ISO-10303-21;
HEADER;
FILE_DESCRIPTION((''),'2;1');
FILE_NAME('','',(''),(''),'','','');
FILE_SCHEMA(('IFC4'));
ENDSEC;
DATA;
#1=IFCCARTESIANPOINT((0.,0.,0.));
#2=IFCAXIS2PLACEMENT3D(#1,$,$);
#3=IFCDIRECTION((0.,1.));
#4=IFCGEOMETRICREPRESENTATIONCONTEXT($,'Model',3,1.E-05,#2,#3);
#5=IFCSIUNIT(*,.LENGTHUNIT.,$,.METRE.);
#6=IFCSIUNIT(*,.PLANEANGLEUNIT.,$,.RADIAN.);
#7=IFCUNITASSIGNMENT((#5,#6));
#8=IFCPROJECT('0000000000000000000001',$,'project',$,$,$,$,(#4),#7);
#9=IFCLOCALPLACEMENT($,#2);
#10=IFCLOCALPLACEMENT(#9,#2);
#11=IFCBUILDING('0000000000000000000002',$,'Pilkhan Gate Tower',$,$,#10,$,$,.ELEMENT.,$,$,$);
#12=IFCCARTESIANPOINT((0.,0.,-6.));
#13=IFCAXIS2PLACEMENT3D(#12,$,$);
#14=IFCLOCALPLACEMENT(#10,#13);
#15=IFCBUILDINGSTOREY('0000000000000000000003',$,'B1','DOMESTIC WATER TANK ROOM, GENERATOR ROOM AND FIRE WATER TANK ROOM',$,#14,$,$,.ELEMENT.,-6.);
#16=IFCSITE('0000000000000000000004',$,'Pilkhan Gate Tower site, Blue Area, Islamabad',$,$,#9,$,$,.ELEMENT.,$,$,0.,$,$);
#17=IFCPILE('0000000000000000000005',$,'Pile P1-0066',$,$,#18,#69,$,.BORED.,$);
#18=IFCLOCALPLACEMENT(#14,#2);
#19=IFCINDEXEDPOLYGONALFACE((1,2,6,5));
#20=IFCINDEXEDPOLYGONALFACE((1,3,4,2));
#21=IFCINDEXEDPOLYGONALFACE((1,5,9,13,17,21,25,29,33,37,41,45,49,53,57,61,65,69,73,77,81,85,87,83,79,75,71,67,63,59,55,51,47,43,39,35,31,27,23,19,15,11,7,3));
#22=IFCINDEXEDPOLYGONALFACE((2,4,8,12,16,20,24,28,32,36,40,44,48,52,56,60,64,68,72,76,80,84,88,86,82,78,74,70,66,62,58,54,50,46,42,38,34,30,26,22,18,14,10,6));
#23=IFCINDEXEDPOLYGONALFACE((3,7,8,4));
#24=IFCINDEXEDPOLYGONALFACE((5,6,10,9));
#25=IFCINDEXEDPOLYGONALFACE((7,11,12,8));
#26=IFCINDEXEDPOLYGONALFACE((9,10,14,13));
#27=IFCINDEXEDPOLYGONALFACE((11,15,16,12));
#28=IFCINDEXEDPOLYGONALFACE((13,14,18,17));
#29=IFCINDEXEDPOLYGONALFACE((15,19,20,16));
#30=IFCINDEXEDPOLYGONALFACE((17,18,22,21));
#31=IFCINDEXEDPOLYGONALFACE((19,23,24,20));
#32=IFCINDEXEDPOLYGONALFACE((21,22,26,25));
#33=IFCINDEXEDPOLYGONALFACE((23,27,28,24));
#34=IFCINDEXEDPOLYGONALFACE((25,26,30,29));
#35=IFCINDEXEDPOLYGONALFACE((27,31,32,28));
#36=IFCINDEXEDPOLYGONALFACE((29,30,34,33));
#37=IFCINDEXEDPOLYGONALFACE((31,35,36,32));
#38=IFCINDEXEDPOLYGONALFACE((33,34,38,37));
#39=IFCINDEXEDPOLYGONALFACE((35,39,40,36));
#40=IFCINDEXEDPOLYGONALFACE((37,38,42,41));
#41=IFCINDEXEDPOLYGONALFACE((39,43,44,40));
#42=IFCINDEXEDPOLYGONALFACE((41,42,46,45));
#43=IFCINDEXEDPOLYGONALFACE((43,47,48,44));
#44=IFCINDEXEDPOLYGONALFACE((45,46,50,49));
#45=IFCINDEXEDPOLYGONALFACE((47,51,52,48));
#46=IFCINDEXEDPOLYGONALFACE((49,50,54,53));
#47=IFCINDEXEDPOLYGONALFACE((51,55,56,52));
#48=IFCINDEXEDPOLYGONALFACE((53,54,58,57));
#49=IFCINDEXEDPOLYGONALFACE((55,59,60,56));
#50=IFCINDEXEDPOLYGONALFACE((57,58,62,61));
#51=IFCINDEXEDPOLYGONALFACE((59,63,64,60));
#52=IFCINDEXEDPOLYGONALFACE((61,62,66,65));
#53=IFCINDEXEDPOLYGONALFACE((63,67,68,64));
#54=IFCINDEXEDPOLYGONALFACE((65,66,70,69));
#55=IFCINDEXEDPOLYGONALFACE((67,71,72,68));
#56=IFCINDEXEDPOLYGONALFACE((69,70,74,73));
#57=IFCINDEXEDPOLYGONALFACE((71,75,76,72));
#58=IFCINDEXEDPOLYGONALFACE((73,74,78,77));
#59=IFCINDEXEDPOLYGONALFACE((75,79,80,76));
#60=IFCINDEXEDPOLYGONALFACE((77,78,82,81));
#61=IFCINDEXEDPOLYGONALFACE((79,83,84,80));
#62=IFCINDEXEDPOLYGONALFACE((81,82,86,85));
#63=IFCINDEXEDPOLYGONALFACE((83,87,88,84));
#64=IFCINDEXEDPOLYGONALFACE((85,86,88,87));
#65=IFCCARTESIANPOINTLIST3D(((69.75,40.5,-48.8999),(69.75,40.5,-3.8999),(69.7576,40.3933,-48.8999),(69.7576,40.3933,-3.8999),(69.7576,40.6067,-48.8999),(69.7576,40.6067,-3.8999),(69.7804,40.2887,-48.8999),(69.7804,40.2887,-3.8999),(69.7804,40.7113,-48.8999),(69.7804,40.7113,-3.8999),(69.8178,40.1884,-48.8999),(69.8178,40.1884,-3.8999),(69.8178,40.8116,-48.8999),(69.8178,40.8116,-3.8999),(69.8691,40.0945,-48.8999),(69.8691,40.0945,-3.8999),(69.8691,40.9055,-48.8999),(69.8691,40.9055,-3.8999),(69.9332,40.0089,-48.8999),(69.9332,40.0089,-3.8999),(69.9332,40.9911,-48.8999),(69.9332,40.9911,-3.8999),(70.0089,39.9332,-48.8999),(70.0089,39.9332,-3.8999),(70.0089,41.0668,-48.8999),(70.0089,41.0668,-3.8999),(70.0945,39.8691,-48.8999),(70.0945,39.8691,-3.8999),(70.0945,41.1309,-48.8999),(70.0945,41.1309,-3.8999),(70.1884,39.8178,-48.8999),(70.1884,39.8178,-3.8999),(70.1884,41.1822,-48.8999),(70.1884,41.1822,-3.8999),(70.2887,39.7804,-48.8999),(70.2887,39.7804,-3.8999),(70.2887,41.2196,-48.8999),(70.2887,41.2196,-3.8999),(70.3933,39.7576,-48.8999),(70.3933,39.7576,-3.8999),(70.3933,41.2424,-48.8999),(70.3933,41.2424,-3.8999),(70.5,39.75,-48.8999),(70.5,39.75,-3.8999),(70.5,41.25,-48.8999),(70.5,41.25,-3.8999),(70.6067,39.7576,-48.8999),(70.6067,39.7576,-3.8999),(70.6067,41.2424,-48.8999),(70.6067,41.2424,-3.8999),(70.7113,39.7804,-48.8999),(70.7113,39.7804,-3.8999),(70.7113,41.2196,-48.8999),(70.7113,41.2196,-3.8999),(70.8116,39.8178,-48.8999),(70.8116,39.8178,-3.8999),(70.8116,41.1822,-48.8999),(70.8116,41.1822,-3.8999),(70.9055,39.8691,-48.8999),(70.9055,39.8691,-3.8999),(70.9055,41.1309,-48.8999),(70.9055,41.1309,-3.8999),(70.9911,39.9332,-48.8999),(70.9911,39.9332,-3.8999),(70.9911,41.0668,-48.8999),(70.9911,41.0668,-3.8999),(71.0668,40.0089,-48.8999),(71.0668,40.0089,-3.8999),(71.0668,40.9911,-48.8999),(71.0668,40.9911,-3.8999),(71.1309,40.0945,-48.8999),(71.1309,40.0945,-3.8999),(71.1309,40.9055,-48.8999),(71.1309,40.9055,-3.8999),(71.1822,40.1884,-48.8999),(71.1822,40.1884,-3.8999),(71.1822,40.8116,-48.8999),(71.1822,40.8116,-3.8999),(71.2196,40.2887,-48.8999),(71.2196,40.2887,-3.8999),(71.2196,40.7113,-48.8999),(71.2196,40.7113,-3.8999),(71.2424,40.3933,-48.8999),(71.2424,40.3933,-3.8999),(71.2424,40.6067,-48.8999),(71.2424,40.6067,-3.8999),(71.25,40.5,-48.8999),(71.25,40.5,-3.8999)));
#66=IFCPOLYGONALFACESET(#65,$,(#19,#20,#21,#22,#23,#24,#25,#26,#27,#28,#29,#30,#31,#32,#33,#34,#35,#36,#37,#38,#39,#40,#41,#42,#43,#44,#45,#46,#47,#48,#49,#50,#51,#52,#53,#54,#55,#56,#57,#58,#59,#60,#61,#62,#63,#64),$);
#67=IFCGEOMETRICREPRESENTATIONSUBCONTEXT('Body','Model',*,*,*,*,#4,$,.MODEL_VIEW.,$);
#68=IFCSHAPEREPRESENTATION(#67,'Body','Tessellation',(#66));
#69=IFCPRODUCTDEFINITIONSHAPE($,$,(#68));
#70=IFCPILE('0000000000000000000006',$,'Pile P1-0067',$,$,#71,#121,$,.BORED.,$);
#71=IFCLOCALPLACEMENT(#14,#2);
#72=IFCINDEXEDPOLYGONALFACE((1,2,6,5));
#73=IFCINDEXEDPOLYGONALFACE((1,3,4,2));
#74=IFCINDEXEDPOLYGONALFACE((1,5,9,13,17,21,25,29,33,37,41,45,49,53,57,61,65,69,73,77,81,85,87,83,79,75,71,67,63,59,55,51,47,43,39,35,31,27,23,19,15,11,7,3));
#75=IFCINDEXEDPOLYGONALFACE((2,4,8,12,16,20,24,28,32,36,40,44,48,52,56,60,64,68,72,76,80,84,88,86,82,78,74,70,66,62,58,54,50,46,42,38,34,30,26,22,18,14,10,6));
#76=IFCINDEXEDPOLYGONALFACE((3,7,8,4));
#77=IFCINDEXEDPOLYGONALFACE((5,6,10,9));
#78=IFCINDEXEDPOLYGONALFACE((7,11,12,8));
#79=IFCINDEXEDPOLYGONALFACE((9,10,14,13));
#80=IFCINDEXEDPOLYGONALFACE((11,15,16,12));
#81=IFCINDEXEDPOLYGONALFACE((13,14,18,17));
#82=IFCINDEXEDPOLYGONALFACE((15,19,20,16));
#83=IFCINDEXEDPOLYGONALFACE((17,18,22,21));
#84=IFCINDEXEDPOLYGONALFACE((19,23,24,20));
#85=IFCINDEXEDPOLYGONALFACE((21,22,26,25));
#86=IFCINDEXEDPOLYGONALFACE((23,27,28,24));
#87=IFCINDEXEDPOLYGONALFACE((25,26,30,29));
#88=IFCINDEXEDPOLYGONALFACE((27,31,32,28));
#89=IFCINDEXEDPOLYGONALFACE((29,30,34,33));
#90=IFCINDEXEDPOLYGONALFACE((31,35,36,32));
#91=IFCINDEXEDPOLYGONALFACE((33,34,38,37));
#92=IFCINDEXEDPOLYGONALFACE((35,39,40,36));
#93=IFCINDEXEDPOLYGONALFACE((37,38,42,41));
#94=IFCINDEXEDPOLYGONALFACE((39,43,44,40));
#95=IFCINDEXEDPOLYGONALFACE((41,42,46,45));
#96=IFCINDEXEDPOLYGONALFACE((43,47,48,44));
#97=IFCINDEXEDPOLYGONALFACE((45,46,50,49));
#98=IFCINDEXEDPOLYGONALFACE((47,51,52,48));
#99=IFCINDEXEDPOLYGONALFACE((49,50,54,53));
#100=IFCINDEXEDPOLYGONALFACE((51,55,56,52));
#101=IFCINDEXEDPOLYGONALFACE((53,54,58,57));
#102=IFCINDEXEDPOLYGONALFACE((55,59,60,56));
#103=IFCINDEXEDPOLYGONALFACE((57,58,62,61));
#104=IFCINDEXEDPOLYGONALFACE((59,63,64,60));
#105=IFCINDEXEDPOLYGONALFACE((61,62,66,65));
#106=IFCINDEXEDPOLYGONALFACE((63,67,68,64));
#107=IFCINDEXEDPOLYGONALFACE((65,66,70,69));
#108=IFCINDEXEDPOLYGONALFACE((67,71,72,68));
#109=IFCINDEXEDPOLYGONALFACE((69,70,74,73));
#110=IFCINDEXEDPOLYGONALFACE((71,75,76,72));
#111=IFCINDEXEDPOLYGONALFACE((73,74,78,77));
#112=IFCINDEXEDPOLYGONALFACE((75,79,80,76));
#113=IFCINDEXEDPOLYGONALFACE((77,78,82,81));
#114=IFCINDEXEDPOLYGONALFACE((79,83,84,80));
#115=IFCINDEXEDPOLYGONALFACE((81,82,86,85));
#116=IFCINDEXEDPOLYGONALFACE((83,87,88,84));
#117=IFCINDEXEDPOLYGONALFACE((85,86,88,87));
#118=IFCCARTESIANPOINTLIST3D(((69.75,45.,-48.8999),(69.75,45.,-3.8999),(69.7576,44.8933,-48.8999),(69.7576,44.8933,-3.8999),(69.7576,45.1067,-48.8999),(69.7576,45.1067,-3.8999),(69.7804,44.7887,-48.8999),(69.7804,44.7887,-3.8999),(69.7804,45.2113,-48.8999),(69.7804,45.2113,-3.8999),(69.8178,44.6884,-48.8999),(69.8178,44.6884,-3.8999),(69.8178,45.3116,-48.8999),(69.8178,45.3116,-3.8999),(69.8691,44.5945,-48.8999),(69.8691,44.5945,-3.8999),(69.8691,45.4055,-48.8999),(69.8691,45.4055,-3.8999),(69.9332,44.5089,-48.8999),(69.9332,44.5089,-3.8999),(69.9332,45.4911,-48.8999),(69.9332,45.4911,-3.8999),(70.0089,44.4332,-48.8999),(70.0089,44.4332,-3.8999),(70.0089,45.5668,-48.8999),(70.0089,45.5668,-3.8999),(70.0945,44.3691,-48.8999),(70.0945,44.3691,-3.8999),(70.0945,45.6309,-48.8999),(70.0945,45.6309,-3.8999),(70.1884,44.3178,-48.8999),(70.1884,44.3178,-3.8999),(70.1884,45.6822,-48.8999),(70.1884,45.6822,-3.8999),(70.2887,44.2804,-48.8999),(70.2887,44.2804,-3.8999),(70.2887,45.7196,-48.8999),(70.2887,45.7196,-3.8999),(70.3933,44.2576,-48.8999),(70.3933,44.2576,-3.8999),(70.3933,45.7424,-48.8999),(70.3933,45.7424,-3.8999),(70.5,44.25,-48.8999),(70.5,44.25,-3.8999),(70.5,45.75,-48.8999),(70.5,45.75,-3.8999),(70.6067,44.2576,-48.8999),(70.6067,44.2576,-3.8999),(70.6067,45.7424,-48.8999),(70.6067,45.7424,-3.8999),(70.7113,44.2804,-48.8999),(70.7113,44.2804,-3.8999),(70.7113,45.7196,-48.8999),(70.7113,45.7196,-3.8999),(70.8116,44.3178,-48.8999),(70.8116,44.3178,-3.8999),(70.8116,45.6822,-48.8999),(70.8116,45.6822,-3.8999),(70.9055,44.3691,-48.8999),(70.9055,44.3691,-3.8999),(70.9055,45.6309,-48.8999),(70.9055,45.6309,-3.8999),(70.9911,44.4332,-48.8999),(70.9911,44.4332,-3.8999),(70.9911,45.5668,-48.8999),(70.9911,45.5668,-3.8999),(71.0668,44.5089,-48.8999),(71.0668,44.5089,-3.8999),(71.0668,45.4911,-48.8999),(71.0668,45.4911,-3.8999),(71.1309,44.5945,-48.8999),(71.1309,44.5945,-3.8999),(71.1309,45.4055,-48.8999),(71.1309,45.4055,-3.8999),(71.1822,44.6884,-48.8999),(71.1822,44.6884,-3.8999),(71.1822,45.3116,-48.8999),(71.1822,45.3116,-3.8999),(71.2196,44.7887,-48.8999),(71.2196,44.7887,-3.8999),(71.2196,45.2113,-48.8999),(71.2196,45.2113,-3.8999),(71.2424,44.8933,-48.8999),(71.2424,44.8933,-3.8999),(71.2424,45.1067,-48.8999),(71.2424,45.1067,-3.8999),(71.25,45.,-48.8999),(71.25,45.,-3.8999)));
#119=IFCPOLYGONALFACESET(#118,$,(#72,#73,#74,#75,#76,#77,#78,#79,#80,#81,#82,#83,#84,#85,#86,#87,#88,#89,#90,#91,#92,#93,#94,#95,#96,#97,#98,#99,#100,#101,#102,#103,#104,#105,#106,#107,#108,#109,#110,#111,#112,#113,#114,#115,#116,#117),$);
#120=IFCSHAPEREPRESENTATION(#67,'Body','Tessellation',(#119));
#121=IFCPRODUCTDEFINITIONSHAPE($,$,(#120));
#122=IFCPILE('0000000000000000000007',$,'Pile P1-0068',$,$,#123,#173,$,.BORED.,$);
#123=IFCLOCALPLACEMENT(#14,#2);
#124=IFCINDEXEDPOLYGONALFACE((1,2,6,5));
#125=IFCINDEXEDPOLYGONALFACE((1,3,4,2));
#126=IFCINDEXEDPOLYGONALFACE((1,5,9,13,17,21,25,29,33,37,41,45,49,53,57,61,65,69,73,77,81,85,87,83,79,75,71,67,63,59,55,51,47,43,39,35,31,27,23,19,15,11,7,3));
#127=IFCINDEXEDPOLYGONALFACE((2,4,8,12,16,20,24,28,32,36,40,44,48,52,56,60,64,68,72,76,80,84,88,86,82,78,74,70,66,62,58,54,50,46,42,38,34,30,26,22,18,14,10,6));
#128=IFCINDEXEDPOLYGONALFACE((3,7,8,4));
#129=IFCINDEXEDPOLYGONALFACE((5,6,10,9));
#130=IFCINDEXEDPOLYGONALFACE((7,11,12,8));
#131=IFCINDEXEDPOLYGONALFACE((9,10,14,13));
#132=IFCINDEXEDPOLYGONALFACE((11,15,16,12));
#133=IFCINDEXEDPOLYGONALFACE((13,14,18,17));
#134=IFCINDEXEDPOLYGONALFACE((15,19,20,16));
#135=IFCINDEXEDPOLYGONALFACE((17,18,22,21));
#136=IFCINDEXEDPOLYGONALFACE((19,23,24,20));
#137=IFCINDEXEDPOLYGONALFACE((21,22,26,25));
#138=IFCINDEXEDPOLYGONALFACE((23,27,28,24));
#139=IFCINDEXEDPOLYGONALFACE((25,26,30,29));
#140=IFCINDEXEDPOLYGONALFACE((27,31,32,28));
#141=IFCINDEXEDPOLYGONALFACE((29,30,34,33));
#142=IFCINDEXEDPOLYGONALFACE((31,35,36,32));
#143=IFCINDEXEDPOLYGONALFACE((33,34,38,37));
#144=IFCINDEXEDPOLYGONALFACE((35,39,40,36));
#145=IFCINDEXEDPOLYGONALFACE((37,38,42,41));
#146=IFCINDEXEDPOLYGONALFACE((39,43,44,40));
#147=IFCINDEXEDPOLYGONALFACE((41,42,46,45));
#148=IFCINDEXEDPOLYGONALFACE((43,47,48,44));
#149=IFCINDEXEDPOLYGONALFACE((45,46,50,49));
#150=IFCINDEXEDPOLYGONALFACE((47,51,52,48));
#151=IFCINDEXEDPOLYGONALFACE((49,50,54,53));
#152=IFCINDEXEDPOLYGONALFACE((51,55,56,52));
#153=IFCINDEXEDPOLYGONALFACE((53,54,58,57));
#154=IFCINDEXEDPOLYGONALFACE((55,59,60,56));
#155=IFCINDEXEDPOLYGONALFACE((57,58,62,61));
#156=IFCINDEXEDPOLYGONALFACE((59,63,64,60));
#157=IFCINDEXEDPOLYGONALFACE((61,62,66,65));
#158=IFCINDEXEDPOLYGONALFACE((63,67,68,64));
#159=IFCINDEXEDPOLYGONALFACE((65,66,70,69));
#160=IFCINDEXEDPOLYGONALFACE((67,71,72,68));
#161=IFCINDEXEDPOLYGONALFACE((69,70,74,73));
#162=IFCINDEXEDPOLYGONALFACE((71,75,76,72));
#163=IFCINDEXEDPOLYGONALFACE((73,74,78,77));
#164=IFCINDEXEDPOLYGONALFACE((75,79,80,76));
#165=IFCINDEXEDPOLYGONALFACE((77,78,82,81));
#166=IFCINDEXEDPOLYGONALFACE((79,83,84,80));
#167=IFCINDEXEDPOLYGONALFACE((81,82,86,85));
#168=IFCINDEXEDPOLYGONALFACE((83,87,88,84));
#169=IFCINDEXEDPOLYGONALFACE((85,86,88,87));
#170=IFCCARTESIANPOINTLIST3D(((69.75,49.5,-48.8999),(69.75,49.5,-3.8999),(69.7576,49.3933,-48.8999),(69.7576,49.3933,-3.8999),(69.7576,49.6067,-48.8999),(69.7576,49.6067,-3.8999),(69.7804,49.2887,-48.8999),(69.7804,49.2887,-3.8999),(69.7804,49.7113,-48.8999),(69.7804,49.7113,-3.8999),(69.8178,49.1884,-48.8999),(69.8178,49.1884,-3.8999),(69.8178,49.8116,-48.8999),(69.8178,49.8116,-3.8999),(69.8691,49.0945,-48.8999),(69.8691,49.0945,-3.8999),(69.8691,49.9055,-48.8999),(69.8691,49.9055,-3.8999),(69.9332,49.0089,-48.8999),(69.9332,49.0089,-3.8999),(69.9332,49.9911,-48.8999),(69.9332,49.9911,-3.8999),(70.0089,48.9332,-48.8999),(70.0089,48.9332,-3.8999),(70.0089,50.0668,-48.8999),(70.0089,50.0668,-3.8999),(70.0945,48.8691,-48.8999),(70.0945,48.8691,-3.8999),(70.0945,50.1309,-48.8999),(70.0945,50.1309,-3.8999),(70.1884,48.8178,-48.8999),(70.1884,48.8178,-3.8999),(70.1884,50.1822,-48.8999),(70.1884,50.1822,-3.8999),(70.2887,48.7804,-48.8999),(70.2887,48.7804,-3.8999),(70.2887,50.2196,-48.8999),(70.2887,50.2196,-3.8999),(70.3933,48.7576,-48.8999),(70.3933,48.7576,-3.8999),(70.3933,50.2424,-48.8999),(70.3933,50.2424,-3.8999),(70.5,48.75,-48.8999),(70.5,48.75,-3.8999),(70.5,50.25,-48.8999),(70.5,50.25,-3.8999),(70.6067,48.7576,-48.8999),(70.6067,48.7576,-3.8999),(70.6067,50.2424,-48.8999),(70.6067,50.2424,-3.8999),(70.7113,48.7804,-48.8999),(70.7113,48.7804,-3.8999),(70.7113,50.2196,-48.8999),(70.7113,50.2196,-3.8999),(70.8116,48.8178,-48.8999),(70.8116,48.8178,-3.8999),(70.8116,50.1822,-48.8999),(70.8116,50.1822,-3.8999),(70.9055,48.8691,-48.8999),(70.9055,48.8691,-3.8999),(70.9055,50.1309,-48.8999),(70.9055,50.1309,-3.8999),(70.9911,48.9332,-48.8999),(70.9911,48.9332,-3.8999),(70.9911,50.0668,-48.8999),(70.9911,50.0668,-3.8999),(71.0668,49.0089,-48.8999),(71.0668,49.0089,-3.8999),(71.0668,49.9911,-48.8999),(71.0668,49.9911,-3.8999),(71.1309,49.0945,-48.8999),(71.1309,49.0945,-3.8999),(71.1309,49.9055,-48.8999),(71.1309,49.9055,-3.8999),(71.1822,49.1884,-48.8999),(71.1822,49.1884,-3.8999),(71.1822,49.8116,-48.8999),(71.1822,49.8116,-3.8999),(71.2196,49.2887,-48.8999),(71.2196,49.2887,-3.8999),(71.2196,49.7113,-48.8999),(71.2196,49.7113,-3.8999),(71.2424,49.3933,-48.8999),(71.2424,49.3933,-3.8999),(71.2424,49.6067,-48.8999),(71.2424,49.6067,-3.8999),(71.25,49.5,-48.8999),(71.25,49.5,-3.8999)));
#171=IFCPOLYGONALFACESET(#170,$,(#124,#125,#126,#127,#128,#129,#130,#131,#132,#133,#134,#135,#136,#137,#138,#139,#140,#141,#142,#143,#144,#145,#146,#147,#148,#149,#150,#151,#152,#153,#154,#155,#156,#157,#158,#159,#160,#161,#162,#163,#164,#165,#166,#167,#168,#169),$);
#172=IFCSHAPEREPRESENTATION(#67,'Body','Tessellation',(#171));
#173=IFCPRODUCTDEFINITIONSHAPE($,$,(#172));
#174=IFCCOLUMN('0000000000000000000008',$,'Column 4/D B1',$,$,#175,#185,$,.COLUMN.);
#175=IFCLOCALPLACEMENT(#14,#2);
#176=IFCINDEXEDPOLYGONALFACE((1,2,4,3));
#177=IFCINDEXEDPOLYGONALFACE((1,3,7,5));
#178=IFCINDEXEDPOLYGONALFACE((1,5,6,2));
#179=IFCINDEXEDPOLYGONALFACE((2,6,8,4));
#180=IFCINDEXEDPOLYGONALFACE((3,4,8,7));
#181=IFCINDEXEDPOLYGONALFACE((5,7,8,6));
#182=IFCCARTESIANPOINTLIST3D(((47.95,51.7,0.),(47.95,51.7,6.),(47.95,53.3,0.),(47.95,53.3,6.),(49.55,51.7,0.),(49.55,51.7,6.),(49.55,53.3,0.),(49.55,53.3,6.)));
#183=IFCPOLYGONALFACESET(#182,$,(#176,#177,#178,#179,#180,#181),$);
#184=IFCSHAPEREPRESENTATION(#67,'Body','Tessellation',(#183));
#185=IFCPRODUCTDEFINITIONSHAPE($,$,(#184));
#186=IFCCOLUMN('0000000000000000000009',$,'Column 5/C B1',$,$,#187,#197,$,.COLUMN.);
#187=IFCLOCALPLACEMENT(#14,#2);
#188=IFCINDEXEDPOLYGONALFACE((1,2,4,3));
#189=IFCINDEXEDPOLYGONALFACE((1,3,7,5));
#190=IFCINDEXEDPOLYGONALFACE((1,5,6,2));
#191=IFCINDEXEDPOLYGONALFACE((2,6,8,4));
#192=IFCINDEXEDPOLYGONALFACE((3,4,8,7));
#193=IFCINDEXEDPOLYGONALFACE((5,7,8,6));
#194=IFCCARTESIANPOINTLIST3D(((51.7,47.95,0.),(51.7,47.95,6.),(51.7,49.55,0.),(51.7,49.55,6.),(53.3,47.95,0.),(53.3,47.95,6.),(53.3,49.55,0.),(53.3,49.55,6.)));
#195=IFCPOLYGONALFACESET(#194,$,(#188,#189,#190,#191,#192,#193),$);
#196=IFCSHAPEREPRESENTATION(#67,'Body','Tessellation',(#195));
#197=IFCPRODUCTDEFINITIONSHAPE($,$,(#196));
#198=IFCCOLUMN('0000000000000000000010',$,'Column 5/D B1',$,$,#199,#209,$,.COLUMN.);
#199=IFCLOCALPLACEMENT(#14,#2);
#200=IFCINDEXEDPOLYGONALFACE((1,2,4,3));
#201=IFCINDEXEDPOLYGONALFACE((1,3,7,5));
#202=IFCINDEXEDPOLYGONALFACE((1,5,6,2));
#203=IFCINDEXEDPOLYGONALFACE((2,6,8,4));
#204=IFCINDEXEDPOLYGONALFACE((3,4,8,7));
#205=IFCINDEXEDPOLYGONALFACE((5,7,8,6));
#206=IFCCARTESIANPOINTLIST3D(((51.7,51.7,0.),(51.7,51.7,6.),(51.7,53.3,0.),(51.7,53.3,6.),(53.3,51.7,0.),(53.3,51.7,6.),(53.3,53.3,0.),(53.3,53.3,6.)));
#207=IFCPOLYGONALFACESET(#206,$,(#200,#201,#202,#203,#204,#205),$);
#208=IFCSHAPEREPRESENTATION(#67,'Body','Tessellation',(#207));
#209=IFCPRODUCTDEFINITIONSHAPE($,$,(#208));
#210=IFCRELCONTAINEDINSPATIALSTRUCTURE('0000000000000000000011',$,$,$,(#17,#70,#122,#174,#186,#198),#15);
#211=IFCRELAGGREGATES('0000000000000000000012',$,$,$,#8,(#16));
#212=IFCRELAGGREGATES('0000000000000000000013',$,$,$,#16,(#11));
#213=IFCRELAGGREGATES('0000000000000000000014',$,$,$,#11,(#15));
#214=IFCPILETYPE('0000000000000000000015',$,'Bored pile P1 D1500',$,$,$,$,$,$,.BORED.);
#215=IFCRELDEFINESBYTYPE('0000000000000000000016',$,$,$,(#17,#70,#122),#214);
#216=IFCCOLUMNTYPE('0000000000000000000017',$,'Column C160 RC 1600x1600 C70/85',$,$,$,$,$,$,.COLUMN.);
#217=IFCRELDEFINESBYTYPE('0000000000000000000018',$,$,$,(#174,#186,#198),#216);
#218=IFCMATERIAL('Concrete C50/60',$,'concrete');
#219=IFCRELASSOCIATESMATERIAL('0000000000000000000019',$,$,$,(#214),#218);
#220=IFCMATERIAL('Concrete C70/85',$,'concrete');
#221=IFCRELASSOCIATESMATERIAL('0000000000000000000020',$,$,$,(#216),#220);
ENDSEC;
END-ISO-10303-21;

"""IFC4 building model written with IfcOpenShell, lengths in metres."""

from ifc_helpers import new_model, si_unit, direction, frame, origin, origin_2d, place, context, subcontext, project, spatial, rectangle, circle, extrude, material, material_profile, profile_set, type_object, element, save


model = new_model("IFC4")

# Units and contexts
model_context = context("Model", 3, precision=1e-05, world=origin(), true_north=direction((0.0, 1.0)))
body_context = subcontext(model_context, "Body", "Model", "MODEL_VIEW")
ifc_project = project(units=[si_unit("LENGTHUNIT", "METRE"), si_unit("PLANEANGLEUNIT", "RADIAN")], contexts=[model_context])

# Site, building, storey
site_placement = place(None, origin())
site = spatial("IfcSite", under=ifc_project, at=site_placement, Name="Pilkhan Gate Tower site, Blue Area, Islamabad", CompositionType="ELEMENT", RefElevation=0.0)
building_placement = place(site_placement, origin())
building = spatial("IfcBuilding", under=site, at=building_placement, Name="Pilkhan Gate Tower", CompositionType="ELEMENT")
storey_placement = place(building_placement, frame((0.0, 0.0, -6.0)))
storey = spatial("IfcBuildingStorey", under=building, at=storey_placement, Name="B1", Description="DOMESTIC WATER TANK ROOM, GENERATOR ROOM AND FIRE WATER TANK ROOM", CompositionType="ELEMENT", Elevation=-6.0)

# Piles
ifc_material_1 = material(Name="Concrete C50/60", Category="concrete")
ifc_material_profile_1 = material_profile(ifc_material_1, circle(Radius=0.75, at=origin_2d()), Name="Bored pile 1500 dia")
ifc_profile_set_1 = profile_set([ifc_material_profile_1], Name="Concrete C50/60")
pile_type = type_object("IfcPileType", Name="Bored pile P1 D1500", PredefinedType="BORED", material=ifc_profile_set_1)
for number, where, z_axis, x_axis, name in (
    (1, (70.5, 40.5, -3.8999), (0.0, 0.0, -1.0), (1.0, 0.0, 0.0), "Pile P1-0066"),
    (2, (70.5, 45.0, -3.8999), (0.0, 0.0, -1.0), (1.0, 0.0, 0.0), "Pile P1-0067"),
    (3, (70.5, 49.5, -3.8999), (0.0, 0.0, -1.0), (1.0, 0.0, 0.0), "Pile P1-0068"),
):
    element("IfcPile", number, at=place(storey_placement, frame(where, z_axis=z_axis, x_axis=x_axis)), inside=storey, type_object=pile_type, Name=name, PredefinedType="BORED", context=body_context, shape_type="SweptSolid", body=[
        extrude(circle(Radius=0.75, at=origin_2d()), origin(), (0.0, 0.0, 1.0), 45.0),
    ])

# Columns
ifc_material_2 = material(Name="Concrete C70/85", Category="concrete")
ifc_material_profile_2 = material_profile(ifc_material_2, rectangle(XDim=1.6001, YDim=1.6001, at=origin_2d()), Name="RC 1600x1600")
ifc_profile_set_2 = profile_set([ifc_material_profile_2], Name="Concrete C70/85")
column_type = type_object("IfcColumnType", Name="Column C160 RC 1600x1600 C70/85", PredefinedType="COLUMN", material=ifc_profile_set_2)
for number, where, z_axis, x_axis, name in (
    (4, (48.75, 52.5, 0.0), (0.0, 0.0, 1.0), (1.0, 0.0, 0.0), "Column 4/D B1"),
    (5, (52.5, 48.75, 0.0), (0.0, 0.0, 1.0), (1.0, 0.0, 0.0), "Column 5/C B1"),
    (6, (52.5, 52.5, 0.0), (0.0, 0.0, 1.0), (1.0, 0.0, 0.0), "Column 5/D B1"),
):
    element("IfcColumn", number, at=place(storey_placement, frame(where, z_axis=z_axis, x_axis=x_axis)), inside=storey, type_object=column_type, Name=name, PredefinedType="COLUMN", context=body_context, shape_type="SweptSolid", body=[
        extrude(rectangle(XDim=1.6001, YDim=1.6001, at=origin_2d()), origin(), (0.0, 0.0, 1.0), 6.0),
    ])

save(model, "model.ifc")
